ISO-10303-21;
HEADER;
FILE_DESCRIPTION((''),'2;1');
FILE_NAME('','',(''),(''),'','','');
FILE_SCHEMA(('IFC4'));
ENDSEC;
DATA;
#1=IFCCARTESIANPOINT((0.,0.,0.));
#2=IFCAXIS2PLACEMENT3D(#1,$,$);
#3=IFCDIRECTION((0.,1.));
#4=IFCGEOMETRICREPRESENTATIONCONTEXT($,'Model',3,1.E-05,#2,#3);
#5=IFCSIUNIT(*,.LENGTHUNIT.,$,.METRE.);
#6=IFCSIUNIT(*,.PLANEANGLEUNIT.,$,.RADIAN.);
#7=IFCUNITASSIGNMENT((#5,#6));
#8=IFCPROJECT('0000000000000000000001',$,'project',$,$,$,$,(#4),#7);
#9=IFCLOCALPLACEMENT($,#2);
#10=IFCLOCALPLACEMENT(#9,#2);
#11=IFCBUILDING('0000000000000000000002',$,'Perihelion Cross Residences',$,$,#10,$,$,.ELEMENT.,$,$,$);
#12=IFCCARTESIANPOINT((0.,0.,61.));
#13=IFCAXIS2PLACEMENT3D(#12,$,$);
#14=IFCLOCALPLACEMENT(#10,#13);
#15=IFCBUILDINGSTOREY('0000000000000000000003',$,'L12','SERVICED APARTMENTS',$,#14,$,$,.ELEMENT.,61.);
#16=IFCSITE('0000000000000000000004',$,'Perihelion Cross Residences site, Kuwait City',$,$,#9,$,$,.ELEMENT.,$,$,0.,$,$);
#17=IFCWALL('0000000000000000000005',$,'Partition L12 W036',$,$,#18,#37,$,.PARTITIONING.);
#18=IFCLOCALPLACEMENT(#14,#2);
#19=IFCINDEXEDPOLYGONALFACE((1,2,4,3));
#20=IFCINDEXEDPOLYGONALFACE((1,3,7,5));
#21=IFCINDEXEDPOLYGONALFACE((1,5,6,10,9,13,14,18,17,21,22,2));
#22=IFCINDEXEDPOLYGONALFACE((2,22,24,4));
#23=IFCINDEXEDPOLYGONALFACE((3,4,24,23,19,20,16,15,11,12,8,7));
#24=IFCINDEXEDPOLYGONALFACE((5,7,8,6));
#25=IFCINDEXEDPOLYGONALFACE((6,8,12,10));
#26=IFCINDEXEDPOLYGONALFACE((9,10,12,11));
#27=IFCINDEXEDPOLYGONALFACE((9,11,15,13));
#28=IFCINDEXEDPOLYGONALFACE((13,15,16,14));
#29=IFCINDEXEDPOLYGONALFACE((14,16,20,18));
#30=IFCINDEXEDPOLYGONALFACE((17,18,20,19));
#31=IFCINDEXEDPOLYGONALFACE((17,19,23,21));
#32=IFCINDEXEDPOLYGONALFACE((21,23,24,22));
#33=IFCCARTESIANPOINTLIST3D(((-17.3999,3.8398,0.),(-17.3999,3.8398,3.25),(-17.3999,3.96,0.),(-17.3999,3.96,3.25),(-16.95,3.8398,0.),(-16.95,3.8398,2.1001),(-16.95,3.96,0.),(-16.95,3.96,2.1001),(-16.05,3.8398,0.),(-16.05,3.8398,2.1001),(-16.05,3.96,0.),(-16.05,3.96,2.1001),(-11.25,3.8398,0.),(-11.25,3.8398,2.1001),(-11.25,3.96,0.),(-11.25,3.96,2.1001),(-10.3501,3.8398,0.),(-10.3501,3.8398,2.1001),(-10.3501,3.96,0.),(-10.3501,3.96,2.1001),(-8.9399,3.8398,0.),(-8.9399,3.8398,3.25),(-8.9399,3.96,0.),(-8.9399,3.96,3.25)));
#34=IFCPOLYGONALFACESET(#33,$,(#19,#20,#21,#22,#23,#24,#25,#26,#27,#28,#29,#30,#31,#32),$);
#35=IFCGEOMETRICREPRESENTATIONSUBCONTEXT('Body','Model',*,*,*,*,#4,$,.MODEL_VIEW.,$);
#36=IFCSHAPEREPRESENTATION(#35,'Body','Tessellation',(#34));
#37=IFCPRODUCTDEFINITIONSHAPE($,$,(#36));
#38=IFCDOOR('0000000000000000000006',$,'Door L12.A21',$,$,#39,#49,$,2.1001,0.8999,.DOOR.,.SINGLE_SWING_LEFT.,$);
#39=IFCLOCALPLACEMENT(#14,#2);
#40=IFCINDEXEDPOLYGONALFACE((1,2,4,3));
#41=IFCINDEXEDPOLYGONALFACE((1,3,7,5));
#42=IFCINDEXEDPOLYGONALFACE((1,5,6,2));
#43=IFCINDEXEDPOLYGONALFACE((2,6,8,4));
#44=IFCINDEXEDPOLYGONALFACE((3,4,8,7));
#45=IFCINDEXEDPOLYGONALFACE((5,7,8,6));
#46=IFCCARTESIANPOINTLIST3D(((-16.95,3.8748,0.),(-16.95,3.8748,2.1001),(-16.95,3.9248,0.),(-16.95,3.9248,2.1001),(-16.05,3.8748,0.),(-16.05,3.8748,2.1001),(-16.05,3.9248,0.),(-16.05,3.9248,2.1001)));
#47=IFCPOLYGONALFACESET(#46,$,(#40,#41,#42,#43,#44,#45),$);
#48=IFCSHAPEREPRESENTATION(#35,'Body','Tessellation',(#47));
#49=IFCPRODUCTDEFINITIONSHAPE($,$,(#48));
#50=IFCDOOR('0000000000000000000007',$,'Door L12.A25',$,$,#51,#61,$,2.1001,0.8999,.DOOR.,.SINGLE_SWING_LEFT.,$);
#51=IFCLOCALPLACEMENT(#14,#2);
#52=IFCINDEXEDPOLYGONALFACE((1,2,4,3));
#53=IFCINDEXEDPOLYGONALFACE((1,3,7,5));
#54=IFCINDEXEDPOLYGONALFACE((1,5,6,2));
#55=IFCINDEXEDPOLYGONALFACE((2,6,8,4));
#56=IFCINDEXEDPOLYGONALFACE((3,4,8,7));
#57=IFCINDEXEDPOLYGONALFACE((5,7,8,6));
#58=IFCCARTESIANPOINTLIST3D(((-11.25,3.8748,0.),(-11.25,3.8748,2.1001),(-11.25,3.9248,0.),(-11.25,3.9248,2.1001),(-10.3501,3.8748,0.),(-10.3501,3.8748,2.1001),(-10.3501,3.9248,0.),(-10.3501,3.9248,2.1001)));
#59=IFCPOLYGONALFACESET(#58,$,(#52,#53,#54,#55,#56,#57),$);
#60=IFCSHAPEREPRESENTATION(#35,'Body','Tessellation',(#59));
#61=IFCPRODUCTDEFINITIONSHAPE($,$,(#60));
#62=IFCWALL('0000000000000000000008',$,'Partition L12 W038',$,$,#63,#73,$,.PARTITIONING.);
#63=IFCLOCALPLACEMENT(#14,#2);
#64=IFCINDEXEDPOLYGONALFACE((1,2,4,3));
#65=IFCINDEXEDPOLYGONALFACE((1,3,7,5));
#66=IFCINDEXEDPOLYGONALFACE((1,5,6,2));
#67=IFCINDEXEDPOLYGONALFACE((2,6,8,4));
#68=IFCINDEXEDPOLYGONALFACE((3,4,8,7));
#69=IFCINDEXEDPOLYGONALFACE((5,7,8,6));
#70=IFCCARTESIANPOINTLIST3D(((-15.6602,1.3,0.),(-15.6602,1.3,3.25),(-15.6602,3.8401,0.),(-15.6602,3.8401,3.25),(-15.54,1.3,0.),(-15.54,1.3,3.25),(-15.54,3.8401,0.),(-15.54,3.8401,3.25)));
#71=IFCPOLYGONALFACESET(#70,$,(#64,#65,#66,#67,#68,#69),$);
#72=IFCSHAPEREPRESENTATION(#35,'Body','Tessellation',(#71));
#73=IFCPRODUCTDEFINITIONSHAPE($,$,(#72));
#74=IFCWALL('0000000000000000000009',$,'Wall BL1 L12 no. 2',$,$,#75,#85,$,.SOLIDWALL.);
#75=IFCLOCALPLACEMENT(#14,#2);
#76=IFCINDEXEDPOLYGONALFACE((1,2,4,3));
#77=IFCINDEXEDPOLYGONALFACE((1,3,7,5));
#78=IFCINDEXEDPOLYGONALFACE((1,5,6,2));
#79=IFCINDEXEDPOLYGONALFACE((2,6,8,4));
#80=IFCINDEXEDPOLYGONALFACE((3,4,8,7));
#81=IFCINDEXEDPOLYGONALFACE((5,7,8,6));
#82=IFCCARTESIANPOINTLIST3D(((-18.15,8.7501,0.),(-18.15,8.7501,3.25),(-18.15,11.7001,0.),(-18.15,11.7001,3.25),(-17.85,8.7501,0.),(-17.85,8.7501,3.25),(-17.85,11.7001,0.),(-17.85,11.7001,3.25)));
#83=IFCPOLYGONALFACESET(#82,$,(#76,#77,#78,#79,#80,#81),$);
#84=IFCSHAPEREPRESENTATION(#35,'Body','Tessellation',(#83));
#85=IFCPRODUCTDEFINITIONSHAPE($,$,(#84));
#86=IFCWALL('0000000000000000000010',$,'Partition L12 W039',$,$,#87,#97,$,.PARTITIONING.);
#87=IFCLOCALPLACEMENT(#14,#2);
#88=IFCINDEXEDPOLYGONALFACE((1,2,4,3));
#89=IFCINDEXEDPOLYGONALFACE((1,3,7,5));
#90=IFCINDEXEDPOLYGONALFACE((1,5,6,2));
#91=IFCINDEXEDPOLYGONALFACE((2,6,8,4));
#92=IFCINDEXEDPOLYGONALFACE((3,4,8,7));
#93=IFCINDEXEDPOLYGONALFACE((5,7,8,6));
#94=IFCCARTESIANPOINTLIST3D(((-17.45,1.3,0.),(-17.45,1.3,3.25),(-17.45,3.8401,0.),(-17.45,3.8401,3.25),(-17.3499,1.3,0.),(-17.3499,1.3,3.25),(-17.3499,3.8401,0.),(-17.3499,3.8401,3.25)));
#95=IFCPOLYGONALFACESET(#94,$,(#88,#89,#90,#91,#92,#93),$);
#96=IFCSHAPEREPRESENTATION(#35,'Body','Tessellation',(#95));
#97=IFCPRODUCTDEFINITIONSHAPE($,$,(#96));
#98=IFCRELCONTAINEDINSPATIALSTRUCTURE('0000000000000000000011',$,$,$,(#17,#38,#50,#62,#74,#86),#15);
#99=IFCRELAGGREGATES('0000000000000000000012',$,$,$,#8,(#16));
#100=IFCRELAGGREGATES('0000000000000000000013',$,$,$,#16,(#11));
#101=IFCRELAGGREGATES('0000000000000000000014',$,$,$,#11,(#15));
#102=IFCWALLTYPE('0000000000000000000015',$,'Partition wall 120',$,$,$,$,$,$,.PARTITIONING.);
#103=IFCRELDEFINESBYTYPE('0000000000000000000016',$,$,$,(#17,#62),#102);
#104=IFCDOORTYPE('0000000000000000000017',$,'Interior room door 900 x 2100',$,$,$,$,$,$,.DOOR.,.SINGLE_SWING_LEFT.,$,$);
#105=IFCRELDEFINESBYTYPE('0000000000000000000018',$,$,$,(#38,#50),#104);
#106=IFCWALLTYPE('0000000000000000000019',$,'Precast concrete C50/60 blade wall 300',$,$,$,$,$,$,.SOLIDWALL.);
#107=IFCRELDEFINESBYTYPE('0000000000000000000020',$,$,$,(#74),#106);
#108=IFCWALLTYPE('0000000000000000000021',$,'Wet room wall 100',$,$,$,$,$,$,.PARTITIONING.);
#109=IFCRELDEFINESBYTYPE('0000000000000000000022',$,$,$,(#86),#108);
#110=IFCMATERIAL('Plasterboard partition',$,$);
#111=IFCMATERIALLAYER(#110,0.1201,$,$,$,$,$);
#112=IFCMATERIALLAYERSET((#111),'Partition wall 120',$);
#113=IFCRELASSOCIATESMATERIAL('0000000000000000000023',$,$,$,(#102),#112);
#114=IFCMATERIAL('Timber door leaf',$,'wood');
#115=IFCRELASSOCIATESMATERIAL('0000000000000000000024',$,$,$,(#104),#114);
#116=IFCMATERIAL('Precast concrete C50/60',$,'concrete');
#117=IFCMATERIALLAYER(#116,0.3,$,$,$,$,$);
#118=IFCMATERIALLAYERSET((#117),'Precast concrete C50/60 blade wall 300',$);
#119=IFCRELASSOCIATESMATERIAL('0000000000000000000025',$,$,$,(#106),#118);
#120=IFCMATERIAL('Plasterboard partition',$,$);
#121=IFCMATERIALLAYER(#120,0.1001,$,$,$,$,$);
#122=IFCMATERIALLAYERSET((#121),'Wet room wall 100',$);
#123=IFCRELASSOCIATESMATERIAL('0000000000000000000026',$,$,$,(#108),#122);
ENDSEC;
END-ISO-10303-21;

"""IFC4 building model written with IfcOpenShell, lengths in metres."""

from ifc_helpers import new_model, si_unit, direction, frame, frame_2d, origin, place, context, subcontext, project, spatial, rectangle, extrude, material, layer, layer_set, type_object, element, fill, save


model = new_model("IFC4")

# Units and contexts
model_context = context("Model", 3, precision=1e-05, world=origin(), true_north=direction((0.0, 1.0)))
body_context = subcontext(model_context, "Body", "Model", "MODEL_VIEW")
ifc_project = project(units=[si_unit("LENGTHUNIT", "METRE"), si_unit("PLANEANGLEUNIT", "RADIAN")], contexts=[model_context])

# Site, building, storey
site_placement = place(None, origin())
site = spatial("IfcSite", under=ifc_project, at=site_placement, Name="Perihelion Cross Residences site, Kuwait City", CompositionType="ELEMENT", RefElevation=0.0)
building_placement = place(site_placement, origin())
building = spatial("IfcBuilding", under=site, at=building_placement, Name="Perihelion Cross Residences", CompositionType="ELEMENT")
storey_placement = place(building_placement, frame((0.0, 0.0, 61.0)))
storey = spatial("IfcBuildingStorey", under=building, at=storey_placement, Name="L12", Description="SERVICED APARTMENTS", CompositionType="ELEMENT", Elevation=61.0)

# Shared definitions
ifc_material_1 = material(Name="Plasterboard partition")
ifc_layer_1 = layer(ifc_material_1, 0.1201)
ifc_layer_set_1 = layer_set([ifc_layer_1], Name="Partition wall 120")
wall_type_1 = type_object("IfcWallType", Name="Partition wall 120", PredefinedType="PARTITIONING", material=ifc_layer_set_1)
ifc_material_2 = material(Name="Timber door leaf", Category="wood")
door_type_1 = type_object("IfcDoorType", Name="Interior room door 900 x 2100", OperationType="SINGLE_SWING_LEFT", PredefinedType="DOOR", material=ifc_material_2)

# Wall, openings, doors
wall_1_placement = place(storey_placement, frame((-17.3999, 3.8999, 0.0), z_axis=(0.0, 0.0, 1.0), x_axis=(1.0, 0.0, 0.0)))
wall_1 = element("IfcWall", 1, at=wall_1_placement, inside=storey, type_object=wall_type_1, Name="Partition L12 W036", PredefinedType="PARTITIONING", context=body_context, shape_type="SweptSolid", body=[
    extrude(rectangle(XDim=8.46, YDim=0.1201, at=frame_2d((4.23, 0.0))), origin(), (0.0, 0.0, 1.0), 3.25),
])
opening_1_placement = place(wall_1_placement, frame((0.45, 0.0, 0.0)))
opening_1 = element("IfcOpeningElement", 2, at=opening_1_placement, cuts=wall_1, PredefinedType="OPENING", context=body_context, shape_type="SweptSolid", body=[
    extrude(rectangle(XDim=0.8999, YDim=2.1001, at=frame_2d((0.45, 1.05))), frame((0.0, 0.0701, 0.0), z_axis=(0.0, -1.0, 0.0), x_axis=(1.0, 0.0, 0.0)), (0.0, 0.0, 1.0), 0.1401),
])
opening_2_placement = place(wall_1_placement, frame((6.1499, 0.0, 0.0)))
opening_2 = element("IfcOpeningElement", 3, at=opening_2_placement, cuts=wall_1, PredefinedType="OPENING", context=body_context, shape_type="SweptSolid", body=[
    extrude(rectangle(XDim=0.8999, YDim=2.1001, at=frame_2d((0.45, 1.05))), frame((0.0, 0.0701, 0.0), z_axis=(0.0, -1.0, 0.0), x_axis=(1.0, 0.0, 0.0)), (0.0, 0.0, 1.0), 0.1401),
])
door_1_placement = place(opening_1_placement, origin())
door_1 = element("IfcDoor", 4, at=door_1_placement, inside=storey, type_object=door_type_1, Name="Door L12.A21", OperationType="SINGLE_SWING_LEFT", OverallHeight=2.1001, OverallWidth=0.8999, PredefinedType="DOOR", context=body_context, shape_type="SweptSolid", body=[
    extrude(rectangle(XDim=0.8999, YDim=2.1001, at=frame_2d((0.45, 1.05))), frame((0.0, 0.0249, 0.0), z_axis=(0.0, -1.0, 0.0), x_axis=(1.0, 0.0, 0.0)), (0.0, 0.0, 1.0), 0.05),
])
fill(opening_1, door_1)
door_2_placement = place(opening_2_placement, origin())
door_2 = element("IfcDoor", 5, at=door_2_placement, inside=storey, type_object=door_type_1, Name="Door L12.A25", OperationType="SINGLE_SWING_LEFT", OverallHeight=2.1001, OverallWidth=0.8999, PredefinedType="DOOR", context=body_context, shape_type="SweptSolid", body=[
    extrude(rectangle(XDim=0.8999, YDim=2.1001, at=frame_2d((0.45, 1.05))), frame((0.0, 0.0249, 0.0), z_axis=(0.0, -1.0, 0.0), x_axis=(1.0, 0.0, 0.0)), (0.0, 0.0, 1.0), 0.05),
])
fill(opening_2, door_2)

# Walls
wall_2_placement = place(storey_placement, frame((-15.6001, 1.3, 0.0), z_axis=(0.0, 0.0, 1.0), x_axis=(0.0, 1.0, 0.0)))
element("IfcWall", 6, at=wall_2_placement, inside=storey, type_object=wall_type_1, Name="Partition L12 W038", PredefinedType="PARTITIONING", context=body_context, shape_type="SweptSolid", body=[
    extrude(rectangle(XDim=2.54, YDim=0.1201, at=frame_2d((1.27, 0.0))), origin(), (0.0, 0.0, 1.0), 3.25),
])
ifc_material_3 = material(Name="Precast concrete C50/60", Category="concrete")
ifc_layer_2 = layer(ifc_material_3, 0.3)
ifc_layer_set_2 = layer_set([ifc_layer_2], Name="Precast concrete C50/60 blade wall 300")
wall_type_2 = type_object("IfcWallType", Name="Precast concrete C50/60 blade wall 300", PredefinedType="SOLIDWALL", material=ifc_layer_set_2)
wall_3_placement = place(storey_placement, frame((-18.0, 8.75, 0.0), z_axis=(0.0, 0.0, 1.0), x_axis=(0.0, 1.0, 0.0)))
element("IfcWall", 7, at=wall_3_placement, inside=storey, type_object=wall_type_2, Name="Wall BL1 L12 no. 2", PredefinedType="SOLIDWALL", context=body_context, shape_type="SweptSolid", body=[
    extrude(rectangle(XDim=2.95, YDim=0.3, at=frame_2d((1.4751, 0.0))), origin(), (0.0, 0.0, 1.0), 3.25),
])
ifc_material_4 = material(Name="Plasterboard partition")
ifc_layer_3 = layer(ifc_material_4, 0.1001)
ifc_layer_set_3 = layer_set([ifc_layer_3], Name="Wet room wall 100")
wall_type_3 = type_object("IfcWallType", Name="Wet room wall 100", PredefinedType="PARTITIONING", material=ifc_layer_set_3)
wall_4_placement = place(storey_placement, frame((-17.3999, 1.3, 0.0), z_axis=(0.0, 0.0, 1.0), x_axis=(0.0, 1.0, 0.0)))
element("IfcWall", 8, at=wall_4_placement, inside=storey, type_object=wall_type_3, Name="Partition L12 W039", PredefinedType="PARTITIONING", context=body_context, shape_type="SweptSolid", body=[
    extrude(rectangle(XDim=2.54, YDim=0.1001, at=frame_2d((1.27, 0.0))), origin(), (0.0, 0.0, 1.0), 3.25),
])

save(model, "model.ifc")
